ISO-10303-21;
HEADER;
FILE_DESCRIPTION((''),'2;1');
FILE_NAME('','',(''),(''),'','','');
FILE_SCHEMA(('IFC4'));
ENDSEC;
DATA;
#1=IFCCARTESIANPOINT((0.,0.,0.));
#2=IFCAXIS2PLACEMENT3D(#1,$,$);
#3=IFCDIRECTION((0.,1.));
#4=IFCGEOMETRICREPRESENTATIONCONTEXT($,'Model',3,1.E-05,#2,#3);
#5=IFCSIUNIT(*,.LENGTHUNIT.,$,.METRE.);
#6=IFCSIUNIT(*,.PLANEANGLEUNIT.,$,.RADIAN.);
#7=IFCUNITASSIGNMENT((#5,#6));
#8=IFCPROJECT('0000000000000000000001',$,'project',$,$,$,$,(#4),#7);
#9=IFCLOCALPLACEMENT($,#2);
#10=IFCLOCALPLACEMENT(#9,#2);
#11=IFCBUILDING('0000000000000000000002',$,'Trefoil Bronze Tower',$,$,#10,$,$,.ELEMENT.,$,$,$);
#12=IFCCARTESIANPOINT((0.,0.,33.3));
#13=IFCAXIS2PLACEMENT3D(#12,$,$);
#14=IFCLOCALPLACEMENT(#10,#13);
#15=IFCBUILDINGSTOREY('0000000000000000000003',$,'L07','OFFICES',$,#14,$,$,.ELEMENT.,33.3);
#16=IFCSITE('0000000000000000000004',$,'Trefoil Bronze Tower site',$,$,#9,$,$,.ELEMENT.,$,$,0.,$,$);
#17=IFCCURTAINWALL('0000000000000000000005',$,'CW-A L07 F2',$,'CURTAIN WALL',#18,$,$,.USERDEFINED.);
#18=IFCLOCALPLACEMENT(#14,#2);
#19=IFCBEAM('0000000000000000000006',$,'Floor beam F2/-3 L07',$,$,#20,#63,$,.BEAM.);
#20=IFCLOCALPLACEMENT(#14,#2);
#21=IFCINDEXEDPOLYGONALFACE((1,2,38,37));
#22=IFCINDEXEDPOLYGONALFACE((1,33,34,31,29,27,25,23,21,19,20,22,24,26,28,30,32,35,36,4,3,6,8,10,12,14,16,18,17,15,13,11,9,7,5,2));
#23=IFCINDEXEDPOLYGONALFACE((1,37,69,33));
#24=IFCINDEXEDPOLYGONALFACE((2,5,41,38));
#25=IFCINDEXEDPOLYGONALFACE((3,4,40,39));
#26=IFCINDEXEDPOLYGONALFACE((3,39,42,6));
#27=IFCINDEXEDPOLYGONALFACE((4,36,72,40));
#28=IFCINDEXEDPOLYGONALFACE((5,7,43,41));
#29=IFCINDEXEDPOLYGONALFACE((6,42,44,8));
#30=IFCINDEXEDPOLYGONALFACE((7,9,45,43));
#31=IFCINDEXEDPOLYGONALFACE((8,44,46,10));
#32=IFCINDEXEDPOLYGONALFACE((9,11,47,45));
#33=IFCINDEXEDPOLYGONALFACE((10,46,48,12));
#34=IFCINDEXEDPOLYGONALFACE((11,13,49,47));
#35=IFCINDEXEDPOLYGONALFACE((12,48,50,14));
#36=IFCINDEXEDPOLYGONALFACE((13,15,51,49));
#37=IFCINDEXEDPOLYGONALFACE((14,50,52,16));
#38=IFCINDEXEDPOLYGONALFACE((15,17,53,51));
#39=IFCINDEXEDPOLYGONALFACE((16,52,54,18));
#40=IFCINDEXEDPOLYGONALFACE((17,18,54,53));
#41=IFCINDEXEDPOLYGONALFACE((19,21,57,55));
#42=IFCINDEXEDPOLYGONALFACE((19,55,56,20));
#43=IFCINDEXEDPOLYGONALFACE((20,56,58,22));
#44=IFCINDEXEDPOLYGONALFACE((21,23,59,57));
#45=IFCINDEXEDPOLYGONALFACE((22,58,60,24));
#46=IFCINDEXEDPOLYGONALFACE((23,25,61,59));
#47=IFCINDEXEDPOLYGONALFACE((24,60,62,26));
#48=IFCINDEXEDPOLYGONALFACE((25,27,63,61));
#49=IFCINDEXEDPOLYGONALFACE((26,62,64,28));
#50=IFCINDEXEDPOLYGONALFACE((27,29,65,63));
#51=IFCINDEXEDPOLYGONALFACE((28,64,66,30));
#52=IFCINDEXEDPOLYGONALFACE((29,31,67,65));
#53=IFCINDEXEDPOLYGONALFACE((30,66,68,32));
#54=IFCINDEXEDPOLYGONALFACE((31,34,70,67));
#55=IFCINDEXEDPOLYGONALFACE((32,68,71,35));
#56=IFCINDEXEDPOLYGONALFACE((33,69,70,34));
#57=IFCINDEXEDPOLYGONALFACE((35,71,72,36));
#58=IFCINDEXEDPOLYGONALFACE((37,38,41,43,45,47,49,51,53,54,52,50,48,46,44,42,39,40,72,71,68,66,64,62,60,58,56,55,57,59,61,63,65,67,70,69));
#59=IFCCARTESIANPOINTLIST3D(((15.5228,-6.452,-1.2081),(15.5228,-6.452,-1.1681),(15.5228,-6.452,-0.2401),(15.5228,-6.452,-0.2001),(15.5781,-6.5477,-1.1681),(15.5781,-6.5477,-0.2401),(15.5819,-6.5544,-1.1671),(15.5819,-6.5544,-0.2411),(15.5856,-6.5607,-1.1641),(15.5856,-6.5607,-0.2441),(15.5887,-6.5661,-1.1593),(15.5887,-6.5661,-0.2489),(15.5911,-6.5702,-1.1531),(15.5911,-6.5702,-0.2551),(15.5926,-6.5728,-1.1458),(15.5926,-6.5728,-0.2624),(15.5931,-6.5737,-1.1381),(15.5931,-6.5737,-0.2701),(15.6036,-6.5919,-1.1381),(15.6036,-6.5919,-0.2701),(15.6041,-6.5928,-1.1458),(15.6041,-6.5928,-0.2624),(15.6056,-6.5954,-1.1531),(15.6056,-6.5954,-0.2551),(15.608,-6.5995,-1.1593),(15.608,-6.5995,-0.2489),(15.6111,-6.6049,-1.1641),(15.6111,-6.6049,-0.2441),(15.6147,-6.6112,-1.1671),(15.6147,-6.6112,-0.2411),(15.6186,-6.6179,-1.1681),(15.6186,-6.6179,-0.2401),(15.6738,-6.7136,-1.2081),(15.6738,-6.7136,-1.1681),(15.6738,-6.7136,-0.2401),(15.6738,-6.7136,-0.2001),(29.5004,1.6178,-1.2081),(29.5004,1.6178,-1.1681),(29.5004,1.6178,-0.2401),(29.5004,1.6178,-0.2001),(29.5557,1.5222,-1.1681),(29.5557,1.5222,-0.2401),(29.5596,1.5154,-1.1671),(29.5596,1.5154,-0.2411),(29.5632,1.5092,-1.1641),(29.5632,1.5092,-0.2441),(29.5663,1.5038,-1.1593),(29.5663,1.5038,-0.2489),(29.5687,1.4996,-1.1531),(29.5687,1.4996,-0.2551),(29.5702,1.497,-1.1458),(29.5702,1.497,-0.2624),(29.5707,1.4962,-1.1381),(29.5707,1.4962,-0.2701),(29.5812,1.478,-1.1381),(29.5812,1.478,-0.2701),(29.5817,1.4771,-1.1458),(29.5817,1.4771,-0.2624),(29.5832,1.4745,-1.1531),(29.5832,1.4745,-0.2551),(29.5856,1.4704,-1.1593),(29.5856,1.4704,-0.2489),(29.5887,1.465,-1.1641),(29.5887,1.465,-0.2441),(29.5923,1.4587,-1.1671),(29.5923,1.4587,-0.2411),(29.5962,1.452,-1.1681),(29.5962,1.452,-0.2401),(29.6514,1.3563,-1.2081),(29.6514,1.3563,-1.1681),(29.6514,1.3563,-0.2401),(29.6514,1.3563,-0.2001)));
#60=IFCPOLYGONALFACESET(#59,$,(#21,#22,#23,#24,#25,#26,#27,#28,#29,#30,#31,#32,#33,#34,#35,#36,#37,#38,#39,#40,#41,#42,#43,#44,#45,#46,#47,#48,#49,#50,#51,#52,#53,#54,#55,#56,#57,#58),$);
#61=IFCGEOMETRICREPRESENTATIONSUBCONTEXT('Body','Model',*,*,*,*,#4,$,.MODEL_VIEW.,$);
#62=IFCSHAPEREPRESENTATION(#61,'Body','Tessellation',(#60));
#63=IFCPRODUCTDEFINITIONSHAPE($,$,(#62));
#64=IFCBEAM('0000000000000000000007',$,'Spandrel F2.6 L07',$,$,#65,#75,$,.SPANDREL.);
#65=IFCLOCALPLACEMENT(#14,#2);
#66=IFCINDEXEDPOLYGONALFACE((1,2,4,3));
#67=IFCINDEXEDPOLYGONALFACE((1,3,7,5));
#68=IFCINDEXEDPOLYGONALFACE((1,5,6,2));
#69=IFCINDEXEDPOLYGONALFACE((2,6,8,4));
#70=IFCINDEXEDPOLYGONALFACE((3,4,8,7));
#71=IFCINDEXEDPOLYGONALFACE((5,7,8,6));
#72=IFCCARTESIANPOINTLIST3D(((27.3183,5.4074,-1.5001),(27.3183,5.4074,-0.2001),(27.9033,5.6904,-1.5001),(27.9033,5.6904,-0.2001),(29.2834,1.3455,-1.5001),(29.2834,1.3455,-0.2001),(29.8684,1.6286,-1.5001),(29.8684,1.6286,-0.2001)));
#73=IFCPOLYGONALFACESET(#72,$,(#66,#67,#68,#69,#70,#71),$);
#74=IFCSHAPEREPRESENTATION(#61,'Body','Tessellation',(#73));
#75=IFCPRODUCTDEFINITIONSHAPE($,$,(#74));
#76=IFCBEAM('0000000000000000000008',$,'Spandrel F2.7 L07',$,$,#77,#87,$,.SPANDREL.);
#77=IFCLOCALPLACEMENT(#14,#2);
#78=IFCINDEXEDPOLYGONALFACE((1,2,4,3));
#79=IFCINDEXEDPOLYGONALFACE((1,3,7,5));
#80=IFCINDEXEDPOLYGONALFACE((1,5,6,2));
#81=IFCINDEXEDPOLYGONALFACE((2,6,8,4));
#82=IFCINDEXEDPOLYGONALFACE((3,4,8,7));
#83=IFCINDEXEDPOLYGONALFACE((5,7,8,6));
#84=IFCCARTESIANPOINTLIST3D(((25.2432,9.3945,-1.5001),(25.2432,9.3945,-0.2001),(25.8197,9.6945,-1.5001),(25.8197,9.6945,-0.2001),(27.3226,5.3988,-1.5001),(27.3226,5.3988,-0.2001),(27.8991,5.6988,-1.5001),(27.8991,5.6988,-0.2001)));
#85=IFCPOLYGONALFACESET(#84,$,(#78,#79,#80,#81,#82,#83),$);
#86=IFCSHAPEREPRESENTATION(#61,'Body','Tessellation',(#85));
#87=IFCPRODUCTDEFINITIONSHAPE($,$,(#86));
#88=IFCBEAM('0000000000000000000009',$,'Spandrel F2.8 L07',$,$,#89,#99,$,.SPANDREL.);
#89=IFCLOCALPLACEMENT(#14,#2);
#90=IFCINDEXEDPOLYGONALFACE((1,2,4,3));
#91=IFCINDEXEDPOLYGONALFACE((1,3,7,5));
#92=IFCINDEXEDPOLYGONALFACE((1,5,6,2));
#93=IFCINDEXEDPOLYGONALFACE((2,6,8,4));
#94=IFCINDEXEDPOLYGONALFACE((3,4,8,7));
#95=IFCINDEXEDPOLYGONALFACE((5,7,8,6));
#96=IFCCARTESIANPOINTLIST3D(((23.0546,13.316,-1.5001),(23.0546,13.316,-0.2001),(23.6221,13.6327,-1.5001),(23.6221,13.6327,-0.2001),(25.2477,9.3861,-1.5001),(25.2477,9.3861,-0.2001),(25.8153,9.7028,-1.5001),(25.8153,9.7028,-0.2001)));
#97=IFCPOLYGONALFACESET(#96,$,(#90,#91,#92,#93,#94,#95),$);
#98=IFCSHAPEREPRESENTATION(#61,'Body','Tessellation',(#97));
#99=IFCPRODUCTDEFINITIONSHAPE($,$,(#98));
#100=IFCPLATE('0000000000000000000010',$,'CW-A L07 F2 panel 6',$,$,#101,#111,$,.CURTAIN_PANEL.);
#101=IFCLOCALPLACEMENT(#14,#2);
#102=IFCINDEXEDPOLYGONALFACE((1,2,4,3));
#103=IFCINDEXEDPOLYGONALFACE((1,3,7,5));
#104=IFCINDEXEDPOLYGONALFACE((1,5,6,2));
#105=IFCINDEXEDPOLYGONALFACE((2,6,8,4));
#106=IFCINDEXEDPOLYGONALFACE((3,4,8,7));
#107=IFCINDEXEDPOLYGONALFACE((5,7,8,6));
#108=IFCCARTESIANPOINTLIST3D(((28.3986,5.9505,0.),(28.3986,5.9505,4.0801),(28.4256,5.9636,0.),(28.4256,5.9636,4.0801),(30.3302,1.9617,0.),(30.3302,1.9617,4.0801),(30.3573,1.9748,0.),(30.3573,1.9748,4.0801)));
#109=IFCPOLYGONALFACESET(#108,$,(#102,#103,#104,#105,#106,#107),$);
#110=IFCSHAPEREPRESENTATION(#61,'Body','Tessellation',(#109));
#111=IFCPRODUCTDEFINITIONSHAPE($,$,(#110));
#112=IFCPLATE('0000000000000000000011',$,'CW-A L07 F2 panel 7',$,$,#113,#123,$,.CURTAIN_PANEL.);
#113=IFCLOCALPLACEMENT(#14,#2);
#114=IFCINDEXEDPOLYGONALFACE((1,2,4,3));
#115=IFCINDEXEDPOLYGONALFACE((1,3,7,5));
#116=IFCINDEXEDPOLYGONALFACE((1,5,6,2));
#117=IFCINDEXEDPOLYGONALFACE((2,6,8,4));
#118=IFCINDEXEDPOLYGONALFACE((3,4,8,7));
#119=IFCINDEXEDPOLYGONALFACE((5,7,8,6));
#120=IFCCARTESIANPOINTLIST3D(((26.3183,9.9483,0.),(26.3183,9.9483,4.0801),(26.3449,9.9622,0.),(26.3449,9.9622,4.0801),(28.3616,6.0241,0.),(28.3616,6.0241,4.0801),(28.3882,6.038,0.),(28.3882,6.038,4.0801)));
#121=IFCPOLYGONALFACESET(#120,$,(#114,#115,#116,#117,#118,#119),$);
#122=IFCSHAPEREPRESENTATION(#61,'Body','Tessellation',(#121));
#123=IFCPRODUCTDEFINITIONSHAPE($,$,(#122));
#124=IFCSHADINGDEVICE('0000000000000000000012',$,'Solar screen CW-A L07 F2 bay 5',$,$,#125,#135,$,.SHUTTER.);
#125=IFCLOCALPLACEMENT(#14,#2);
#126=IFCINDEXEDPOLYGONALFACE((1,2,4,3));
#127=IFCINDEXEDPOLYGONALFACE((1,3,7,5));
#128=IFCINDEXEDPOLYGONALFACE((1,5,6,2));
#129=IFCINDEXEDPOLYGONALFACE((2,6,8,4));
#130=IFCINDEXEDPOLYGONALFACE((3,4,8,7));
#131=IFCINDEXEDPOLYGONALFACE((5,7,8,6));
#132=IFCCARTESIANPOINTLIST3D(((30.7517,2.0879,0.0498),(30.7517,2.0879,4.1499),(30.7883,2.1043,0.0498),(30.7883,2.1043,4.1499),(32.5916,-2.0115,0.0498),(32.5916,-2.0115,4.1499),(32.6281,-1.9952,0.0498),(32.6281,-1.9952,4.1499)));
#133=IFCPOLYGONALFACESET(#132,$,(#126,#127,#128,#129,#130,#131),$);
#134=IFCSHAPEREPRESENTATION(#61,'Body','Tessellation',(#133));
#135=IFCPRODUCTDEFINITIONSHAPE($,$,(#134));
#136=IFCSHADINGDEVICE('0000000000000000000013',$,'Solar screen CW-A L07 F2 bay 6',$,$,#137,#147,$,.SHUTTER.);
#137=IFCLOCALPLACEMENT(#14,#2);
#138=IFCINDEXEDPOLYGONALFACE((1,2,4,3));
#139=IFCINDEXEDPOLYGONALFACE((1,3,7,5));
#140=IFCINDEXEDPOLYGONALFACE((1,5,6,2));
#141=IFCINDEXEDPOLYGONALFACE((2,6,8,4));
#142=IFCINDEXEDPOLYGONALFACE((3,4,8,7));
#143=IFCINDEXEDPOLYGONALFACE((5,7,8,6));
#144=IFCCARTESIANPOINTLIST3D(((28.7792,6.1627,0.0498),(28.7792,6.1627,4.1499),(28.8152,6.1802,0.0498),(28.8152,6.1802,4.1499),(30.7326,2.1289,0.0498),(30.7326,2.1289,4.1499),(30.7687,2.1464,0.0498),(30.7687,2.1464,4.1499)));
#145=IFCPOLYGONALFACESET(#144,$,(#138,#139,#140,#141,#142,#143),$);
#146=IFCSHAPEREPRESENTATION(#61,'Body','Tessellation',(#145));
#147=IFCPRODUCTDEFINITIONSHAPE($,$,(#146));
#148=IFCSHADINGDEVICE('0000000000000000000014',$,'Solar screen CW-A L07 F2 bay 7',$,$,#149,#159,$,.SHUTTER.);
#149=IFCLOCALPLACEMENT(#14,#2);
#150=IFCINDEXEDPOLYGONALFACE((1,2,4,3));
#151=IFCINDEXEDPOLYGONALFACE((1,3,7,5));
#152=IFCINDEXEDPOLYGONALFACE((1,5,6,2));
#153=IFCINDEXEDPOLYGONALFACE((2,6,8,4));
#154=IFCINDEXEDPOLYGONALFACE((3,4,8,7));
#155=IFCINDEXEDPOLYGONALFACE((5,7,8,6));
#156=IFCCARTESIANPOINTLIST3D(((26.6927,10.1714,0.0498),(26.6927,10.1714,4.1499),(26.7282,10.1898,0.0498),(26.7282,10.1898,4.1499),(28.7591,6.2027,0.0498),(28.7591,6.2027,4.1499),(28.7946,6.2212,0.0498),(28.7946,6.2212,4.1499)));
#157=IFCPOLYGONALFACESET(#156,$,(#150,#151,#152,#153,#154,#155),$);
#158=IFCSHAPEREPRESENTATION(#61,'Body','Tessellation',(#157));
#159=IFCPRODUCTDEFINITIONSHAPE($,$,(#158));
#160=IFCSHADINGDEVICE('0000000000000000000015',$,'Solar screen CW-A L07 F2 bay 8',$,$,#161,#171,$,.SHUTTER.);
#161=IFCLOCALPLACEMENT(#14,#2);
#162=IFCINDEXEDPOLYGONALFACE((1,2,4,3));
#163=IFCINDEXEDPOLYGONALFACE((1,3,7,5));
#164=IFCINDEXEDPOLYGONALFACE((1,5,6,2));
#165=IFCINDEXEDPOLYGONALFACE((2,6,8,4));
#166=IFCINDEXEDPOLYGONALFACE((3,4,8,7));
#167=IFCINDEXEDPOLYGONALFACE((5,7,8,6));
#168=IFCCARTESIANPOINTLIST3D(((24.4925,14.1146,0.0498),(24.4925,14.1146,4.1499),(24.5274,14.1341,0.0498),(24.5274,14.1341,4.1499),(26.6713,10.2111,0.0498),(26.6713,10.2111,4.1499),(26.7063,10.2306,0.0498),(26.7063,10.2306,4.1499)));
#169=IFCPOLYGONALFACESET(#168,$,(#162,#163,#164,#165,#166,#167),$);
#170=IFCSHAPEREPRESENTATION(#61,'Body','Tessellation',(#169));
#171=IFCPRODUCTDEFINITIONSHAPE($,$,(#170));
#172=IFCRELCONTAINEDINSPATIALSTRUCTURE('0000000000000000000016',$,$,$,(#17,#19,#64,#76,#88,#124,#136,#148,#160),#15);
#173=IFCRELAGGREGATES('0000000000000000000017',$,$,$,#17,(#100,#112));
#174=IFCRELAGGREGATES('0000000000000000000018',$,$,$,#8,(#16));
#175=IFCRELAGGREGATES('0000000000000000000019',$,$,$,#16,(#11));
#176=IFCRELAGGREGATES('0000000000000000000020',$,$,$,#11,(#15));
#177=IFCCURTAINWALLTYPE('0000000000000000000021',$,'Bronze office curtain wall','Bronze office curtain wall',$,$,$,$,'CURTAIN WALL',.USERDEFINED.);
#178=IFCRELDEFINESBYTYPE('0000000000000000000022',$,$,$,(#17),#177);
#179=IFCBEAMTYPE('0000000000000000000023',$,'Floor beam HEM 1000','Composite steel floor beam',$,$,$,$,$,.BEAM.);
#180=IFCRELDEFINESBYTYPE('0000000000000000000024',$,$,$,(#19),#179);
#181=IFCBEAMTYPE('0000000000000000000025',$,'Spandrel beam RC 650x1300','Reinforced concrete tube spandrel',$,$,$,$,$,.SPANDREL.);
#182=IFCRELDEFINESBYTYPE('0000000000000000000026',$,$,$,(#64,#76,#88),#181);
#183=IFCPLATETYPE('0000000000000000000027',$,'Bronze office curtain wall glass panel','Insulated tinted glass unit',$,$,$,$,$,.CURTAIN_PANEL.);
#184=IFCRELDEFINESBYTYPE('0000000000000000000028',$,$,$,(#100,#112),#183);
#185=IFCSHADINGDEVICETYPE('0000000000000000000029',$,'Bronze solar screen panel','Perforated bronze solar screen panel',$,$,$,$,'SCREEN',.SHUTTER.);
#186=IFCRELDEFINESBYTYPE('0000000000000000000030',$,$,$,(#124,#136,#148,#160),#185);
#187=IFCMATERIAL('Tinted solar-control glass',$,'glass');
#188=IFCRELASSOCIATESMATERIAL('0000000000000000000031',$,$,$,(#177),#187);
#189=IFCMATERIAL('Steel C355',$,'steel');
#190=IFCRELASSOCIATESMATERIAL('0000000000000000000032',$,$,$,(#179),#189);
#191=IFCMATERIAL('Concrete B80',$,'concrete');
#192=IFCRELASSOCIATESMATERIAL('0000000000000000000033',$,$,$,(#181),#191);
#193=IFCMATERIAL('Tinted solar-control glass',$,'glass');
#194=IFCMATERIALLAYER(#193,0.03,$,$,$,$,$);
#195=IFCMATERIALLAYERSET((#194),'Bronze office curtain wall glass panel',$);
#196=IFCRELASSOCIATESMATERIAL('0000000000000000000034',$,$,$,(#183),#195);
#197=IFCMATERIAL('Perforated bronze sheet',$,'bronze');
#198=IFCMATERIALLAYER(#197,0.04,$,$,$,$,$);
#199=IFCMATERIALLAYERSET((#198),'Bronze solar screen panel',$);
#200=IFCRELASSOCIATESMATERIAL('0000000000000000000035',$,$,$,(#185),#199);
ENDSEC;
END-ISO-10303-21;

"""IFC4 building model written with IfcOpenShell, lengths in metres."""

from ifc_helpers import new_model, si_unit, direction, frame, origin, origin_2d, place, context, subcontext, project, spatial, rectangle, i_section, extrude, material, layer, layer_set, material_profile, profile_set, type_object, element, aggregate, save


model = new_model("IFC4")

# Units and contexts
model_context = context("Model", 3, precision=1e-05, world=origin(), true_north=direction((0.0, 1.0)))
body_context = subcontext(model_context, "Body", "Model", "MODEL_VIEW")
ifc_project = project(units=[si_unit("LENGTHUNIT", "METRE"), si_unit("PLANEANGLEUNIT", "RADIAN")], contexts=[model_context])

# Site, building, storey
site_placement = place(None, origin())
site = spatial("IfcSite", under=ifc_project, at=site_placement, Name="Trefoil Bronze Tower site", CompositionType="ELEMENT", RefElevation=0.0)
building_placement = place(site_placement, origin())
building = spatial("IfcBuilding", under=site, at=building_placement, Name="Trefoil Bronze Tower", CompositionType="ELEMENT")
storey_placement = place(building_placement, frame((0.0, 0.0, 33.3)))
storey = spatial("IfcBuildingStorey", under=building, at=storey_placement, Name="L07", Description="OFFICES", CompositionType="ELEMENT", Elevation=33.3)

# Curtain wall
ifc_material_1 = material(Name="Tinted solar-control glass", Category="glass")
curtain_wall_type = type_object("IfcCurtainWallType", Name="Bronze office curtain wall", Description="Bronze office curtain wall", ElementType="CURTAIN WALL", PredefinedType="USERDEFINED", material=ifc_material_1)
curtain_wall_placement = place(storey_placement, origin())
curtain_wall = element("IfcCurtainWall", 1, at=curtain_wall_placement, inside=storey, type_object=curtain_wall_type, Name="CW-A L07 F2", ObjectType="CURTAIN WALL", PredefinedType="USERDEFINED")

# Beams
ifc_material_2 = material(Name="Steel C355", Category="steel")
ifc_material_profile_1 = material_profile(ifc_material_2, i_section(OverallWidth=0.302, OverallDepth=1.0081, WebThickness=0.021, FlangeThickness=0.04, FilletRadius=0.03, at=origin_2d()), Name="HEM 1000")
ifc_profile_set_1 = profile_set([ifc_material_profile_1], Name="Steel C355")
beam_type_1 = type_object("IfcBeamType", Name="Floor beam HEM 1000", Description="Composite steel floor beam", PredefinedType="BEAM", material=ifc_profile_set_1)
beam_1_placement = place(storey_placement, frame((29.5759, 1.4871, -0.7041), z_axis=(-0.866028, -0.499995, 0.0), x_axis=(0.499995, -0.866028, 0.0)))
element("IfcBeam", 2, at=beam_1_placement, inside=storey, type_object=beam_type_1, Name="Floor beam F2/-3 L07", PredefinedType="BEAM", context=body_context, shape_type="SweptSolid", body=[
    extrude(i_section(OverallWidth=0.302, OverallDepth=1.0081, WebThickness=0.021, FlangeThickness=0.04, FilletRadius=0.03, at=origin_2d()), origin(), (0.0, 0.0, 1.0), 16.1399),
])
ifc_material_3 = material(Name="Concrete B80", Category="concrete")
ifc_material_profile_2 = material_profile(ifc_material_3, rectangle(XDim=0.6499, YDim=1.3, at=origin_2d()), Name="RC 650x1300")
ifc_profile_set_2 = profile_set([ifc_material_profile_2], Name="Concrete B80")
beam_type_2 = type_object("IfcBeamType", Name="Spandrel beam RC 650x1300", Description="Reinforced concrete tube spandrel", PredefinedType="SPANDREL", material=ifc_profile_set_2)
beam_2_placement = place(storey_placement, frame((29.5759, 1.4871, -0.8501), z_axis=(-0.43551, 0.900184, 0.0), x_axis=(-0.900184, -0.43551, 0.0)))
element("IfcBeam", 3, at=beam_2_placement, inside=storey, type_object=beam_type_2, Name="Spandrel F2.6 L07", PredefinedType="SPANDREL", context=body_context, shape_type="SweptSolid", body=[
    extrude(rectangle(XDim=0.6499, YDim=1.3, at=origin_2d()), origin(), (0.0, 0.0, 1.0), 4.5122),
])
beam_3_placement = place(storey_placement, frame((27.6108, 5.5488, -0.8501), z_axis=(-0.461638, 0.887069, 0.0), x_axis=(-0.887069, -0.461638, 0.0)))
element("IfcBeam", 4, at=beam_3_placement, inside=storey, type_object=beam_type_2, Name="Spandrel F2.7 L07", PredefinedType="SPANDREL", context=body_context, shape_type="SweptSolid", body=[
    extrude(rectangle(XDim=0.6499, YDim=1.3, at=origin_2d()), origin(), (0.0, 0.0, 1.0), 4.5044),
])
beam_4_placement = place(storey_placement, frame((25.5315, 9.5444, -0.8501), z_axis=(-0.487309, 0.873229, 0.0), x_axis=(-0.873229, -0.487309, 0.0)))
element("IfcBeam", 5, at=beam_4_placement, inside=storey, type_object=beam_type_2, Name="Spandrel F2.8 L07", PredefinedType="SPANDREL", context=body_context, shape_type="SweptSolid", body=[
    extrude(rectangle(XDim=0.6499, YDim=1.3, at=origin_2d()), origin(), (0.0, 0.0, 1.0), 4.5005),
])

# Plates
ifc_material_4 = material(Name="Tinted solar-control glass", Category="glass")
ifc_layer_1 = layer(ifc_material_4, 0.03)
ifc_layer_set_1 = layer_set([ifc_layer_1], Name="Bronze office curtain wall glass panel")
plate_type = type_object("IfcPlateType", Name="Bronze office curtain wall glass panel", Description="Insulated tinted glass unit", PredefinedType="CURTAIN_PANEL", material=ifc_layer_set_1)
plate_1_placement = place(storey_placement, frame((29.3779, 3.9626, 0.0), z_axis=(0.0, 0.0, 1.0), x_axis=(-0.435855, 0.900017, 0.0)))
plate_1 = element("IfcPlate", 6, at=plate_1_placement, type_object=plate_type, Name="CW-A L07 F2 panel 6", PredefinedType="CURTAIN_PANEL", context=body_context, shape_type="SweptSolid", body=[
    extrude(rectangle(XDim=4.4319, YDim=0.03, at=origin_2d()), origin(), (0.0, 0.0, 1.0), 4.0801),
])
plate_2_placement = place(storey_placement, frame((27.3533, 7.9932, 0.0), z_axis=(0.0, 0.0, 1.0), x_axis=(-0.46183, 0.886969, 0.0)))
plate_2 = element("IfcPlate", 7, at=plate_2_placement, type_object=plate_type, Name="CW-A L07 F2 panel 7", PredefinedType="CURTAIN_PANEL", context=body_context, shape_type="SweptSolid", body=[
    extrude(rectangle(XDim=4.4243, YDim=0.03, at=origin_2d()), origin(), (0.0, 0.0, 1.0), 4.0801),
])
aggregate(curtain_wall, [plate_1, plate_2])

# Shading devices
ifc_material_5 = material(Name="Perforated bronze sheet", Category="bronze")
ifc_layer_2 = layer(ifc_material_5, 0.04)
ifc_layer_set_2 = layer_set([ifc_layer_2], Name="Bronze solar screen panel")
shading_device_type = type_object("IfcShadingDeviceType", Name="Bronze solar screen panel", Description="Perforated bronze solar screen panel", ElementType="SCREEN", PredefinedType="SHUTTER", material=ifc_layer_set_2)
shading_device_1_placement = place(storey_placement, frame((31.6899, 0.0464, 0.0498), z_axis=(0.0, 0.0, 1.0), x_axis=(-0.409456, 0.91233, 0.0)))
element("IfcShadingDevice", 8, at=shading_device_1_placement, inside=storey, type_object=shading_device_type, Name="Solar screen CW-A L07 F2 bay 5", PredefinedType="SHUTTER", context=body_context, shape_type="SweptSolid", body=[
    extrude(rectangle(XDim=4.4934, YDim=0.04, at=origin_2d()), origin(), (0.0, 0.0, 1.0), 4.1001),
])
shading_device_2_placement = place(storey_placement, frame((29.7739, 4.1545, 0.0498), z_axis=(0.0, 0.0, 1.0), x_axis=(-0.435855, 0.900017, 0.0)))
element("IfcShadingDevice", 9, at=shading_device_2_placement, inside=storey, type_object=shading_device_type, Name="Solar screen CW-A L07 F2 bay 6", PredefinedType="SHUTTER", context=body_context, shape_type="SweptSolid", body=[
    extrude(rectangle(XDim=4.4819, YDim=0.04, at=origin_2d()), origin(), (0.0, 0.0, 1.0), 4.1001),
])
shading_device_3_placement = place(storey_placement, frame((27.7437, 8.1963, 0.0498), z_axis=(0.0, 0.0, 1.0), x_axis=(-0.46183, 0.886969, 0.0)))
element("IfcShadingDevice", 10, at=shading_device_3_placement, inside=storey, type_object=shading_device_type, Name="Solar screen CW-A L07 F2 bay 7", PredefinedType="SHUTTER", context=body_context, shape_type="SweptSolid", body=[
    extrude(rectangle(XDim=4.4744, YDim=0.04, at=origin_2d()), origin(), (0.0, 0.0, 1.0), 4.1001),
])
shading_device_4_placement = place(storey_placement, frame((25.5994, 12.1726, 0.0498), z_axis=(0.0, 0.0, 1.0), x_axis=(-0.487382, 0.873189, 0.0)))
element("IfcShadingDevice", 11, at=shading_device_4_placement, inside=storey, type_object=shading_device_type, Name="Solar screen CW-A L07 F2 bay 8", PredefinedType="SHUTTER", context=body_context, shape_type="SweptSolid", body=[
    extrude(rectangle(XDim=4.4705, YDim=0.04, at=origin_2d()), origin(), (0.0, 0.0, 1.0), 4.1001),
])

save(model, "model.ifc")
